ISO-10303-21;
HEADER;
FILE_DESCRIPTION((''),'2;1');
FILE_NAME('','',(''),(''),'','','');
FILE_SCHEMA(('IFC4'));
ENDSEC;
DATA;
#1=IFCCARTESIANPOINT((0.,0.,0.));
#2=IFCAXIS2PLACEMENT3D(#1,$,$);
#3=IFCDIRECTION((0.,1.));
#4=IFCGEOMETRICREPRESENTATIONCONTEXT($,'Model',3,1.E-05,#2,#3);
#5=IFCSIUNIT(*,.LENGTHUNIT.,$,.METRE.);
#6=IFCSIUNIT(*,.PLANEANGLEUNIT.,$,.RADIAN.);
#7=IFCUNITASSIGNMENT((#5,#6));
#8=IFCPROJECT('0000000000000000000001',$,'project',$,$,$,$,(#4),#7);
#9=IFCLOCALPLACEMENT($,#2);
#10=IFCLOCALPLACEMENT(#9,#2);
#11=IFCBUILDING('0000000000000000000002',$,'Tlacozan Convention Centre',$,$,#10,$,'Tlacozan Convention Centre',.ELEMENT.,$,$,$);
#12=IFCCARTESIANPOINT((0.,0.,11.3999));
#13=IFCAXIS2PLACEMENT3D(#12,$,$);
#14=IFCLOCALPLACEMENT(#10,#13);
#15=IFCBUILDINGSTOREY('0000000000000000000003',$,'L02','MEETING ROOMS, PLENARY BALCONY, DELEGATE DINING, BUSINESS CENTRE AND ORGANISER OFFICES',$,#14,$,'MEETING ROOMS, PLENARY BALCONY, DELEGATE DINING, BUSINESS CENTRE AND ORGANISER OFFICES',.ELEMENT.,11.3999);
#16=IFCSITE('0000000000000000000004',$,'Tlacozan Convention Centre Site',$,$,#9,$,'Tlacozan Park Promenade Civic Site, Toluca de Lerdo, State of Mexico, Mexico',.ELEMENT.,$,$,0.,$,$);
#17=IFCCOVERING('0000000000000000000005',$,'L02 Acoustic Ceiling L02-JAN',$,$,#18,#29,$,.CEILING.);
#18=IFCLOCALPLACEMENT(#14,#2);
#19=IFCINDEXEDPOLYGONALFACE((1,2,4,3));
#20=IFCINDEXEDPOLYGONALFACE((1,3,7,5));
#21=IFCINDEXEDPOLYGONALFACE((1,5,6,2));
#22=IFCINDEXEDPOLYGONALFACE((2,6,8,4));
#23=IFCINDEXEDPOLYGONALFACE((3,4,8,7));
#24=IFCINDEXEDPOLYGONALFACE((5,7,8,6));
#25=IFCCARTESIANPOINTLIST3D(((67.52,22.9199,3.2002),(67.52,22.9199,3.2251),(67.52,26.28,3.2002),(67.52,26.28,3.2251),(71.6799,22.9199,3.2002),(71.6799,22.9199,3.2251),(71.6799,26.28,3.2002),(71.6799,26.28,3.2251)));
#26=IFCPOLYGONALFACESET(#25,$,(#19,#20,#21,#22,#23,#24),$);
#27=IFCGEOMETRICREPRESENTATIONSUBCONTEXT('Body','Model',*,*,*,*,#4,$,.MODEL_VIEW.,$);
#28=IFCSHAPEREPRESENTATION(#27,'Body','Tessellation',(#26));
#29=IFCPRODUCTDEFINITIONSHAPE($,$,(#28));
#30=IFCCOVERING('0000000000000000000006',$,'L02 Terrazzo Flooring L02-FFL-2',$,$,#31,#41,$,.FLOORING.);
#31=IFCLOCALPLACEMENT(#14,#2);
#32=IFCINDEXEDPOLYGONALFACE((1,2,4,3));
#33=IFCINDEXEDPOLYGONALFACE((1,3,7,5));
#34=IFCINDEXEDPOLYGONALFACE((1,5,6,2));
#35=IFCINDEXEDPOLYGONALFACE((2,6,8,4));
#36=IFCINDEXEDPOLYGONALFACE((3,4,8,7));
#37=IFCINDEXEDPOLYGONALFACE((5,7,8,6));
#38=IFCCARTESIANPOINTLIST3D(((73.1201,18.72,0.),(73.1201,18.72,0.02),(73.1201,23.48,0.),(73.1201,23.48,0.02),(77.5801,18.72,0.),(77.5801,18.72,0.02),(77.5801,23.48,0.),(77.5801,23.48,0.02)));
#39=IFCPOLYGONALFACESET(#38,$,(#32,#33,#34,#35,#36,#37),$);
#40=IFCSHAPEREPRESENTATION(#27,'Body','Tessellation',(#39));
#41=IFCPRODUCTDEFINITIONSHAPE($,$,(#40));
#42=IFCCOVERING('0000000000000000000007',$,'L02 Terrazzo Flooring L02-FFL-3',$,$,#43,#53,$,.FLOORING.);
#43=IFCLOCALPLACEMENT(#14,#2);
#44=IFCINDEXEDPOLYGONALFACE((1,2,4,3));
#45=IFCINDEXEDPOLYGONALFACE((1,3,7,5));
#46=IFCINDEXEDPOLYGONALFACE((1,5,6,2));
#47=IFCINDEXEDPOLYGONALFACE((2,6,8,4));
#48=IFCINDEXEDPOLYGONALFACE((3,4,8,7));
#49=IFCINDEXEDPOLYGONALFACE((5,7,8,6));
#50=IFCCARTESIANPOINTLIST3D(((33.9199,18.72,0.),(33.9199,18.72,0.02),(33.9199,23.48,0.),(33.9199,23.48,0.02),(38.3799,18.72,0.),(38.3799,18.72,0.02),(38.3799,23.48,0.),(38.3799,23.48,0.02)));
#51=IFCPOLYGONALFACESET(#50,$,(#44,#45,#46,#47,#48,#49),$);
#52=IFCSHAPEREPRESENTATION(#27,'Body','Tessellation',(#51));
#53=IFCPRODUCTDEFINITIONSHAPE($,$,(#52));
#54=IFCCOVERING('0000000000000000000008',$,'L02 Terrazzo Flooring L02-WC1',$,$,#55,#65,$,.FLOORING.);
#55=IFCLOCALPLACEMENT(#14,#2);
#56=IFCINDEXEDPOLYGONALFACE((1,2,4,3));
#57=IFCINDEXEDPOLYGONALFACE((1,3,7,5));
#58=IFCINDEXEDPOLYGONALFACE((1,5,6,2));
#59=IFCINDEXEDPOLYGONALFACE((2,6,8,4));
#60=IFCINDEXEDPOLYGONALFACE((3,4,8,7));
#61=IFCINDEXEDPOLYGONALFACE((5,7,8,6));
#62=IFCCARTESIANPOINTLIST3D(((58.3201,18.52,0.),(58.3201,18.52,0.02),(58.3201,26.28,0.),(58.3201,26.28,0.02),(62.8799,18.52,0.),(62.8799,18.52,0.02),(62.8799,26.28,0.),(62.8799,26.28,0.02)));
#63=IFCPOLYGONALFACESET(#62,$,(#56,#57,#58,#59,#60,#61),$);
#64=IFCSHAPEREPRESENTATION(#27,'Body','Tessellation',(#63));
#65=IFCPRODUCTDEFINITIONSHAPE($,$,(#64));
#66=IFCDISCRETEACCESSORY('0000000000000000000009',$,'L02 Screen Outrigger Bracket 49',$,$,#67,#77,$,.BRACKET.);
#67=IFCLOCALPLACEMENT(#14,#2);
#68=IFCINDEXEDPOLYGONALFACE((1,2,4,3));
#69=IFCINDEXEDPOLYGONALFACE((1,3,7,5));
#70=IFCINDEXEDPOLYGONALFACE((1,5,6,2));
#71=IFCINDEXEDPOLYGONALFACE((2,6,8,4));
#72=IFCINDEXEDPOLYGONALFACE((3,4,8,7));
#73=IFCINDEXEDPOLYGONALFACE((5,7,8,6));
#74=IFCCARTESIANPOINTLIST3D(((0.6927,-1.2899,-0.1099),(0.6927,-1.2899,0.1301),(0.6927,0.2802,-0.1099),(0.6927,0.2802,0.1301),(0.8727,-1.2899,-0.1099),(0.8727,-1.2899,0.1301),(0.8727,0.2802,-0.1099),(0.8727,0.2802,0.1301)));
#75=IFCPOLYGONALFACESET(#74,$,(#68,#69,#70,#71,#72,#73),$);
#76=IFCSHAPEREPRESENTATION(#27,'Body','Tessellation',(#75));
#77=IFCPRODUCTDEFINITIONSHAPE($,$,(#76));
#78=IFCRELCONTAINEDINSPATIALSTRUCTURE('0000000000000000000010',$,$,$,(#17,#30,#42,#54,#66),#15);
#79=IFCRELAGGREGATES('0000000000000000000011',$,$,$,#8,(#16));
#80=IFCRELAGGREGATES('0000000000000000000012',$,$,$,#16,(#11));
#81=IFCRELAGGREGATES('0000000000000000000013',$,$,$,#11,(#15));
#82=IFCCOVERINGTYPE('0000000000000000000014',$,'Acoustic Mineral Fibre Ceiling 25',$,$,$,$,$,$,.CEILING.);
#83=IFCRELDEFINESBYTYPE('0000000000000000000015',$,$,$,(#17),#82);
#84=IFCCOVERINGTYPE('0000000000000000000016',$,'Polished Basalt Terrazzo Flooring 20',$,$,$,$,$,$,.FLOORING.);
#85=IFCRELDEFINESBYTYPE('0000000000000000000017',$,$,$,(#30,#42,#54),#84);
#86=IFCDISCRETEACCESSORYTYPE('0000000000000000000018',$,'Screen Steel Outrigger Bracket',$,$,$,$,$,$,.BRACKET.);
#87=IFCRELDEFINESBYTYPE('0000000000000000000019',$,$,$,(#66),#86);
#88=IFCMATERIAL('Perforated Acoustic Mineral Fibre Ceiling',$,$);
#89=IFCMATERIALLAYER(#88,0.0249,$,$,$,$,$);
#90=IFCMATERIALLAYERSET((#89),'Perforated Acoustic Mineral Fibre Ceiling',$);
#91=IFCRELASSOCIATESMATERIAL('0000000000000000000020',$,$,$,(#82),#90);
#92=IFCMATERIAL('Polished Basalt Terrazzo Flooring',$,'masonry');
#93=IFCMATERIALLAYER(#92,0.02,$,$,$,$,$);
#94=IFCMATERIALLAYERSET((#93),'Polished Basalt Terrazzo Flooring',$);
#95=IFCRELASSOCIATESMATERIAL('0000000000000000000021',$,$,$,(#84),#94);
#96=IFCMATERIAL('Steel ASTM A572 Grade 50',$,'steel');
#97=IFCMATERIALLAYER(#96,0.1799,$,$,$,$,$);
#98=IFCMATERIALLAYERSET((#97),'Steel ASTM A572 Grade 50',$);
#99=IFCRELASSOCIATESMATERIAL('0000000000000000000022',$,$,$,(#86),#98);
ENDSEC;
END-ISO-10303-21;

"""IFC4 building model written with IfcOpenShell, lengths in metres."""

from ifc_helpers import new_model, si_unit, direction, frame, origin, origin_2d, place, context, subcontext, project, spatial, polyline, rectangle, outline, extrude, material, layer, layer_set, type_object, element, save


model = new_model("IFC4")

# Units and contexts
model_context = context("Model", 3, precision=1e-05, world=origin(), true_north=direction((0.0, 1.0)))
body_context = subcontext(model_context, "Body", "Model", "MODEL_VIEW")
ifc_project = project(units=[si_unit("LENGTHUNIT", "METRE"), si_unit("PLANEANGLEUNIT", "RADIAN")], contexts=[model_context])

# Site, building, storey
site_placement = place(None, origin())
site = spatial("IfcSite", under=ifc_project, at=site_placement, Name="Tlacozan Convention Centre Site", LongName="Tlacozan Park Promenade Civic Site, Toluca de Lerdo, State of Mexico, Mexico", CompositionType="ELEMENT", RefElevation=0.0)
building_placement = place(site_placement, origin())
building = spatial("IfcBuilding", under=site, at=building_placement, Name="Tlacozan Convention Centre", LongName="Tlacozan Convention Centre", CompositionType="ELEMENT")
storey_placement = place(building_placement, frame((0.0, 0.0, 11.3999)))
storey = spatial("IfcBuildingStorey", under=building, at=storey_placement, Name="L02", Description="MEETING ROOMS, PLENARY BALCONY, DELEGATE DINING, BUSINESS CENTRE AND ORGANISER OFFICES", LongName="MEETING ROOMS, PLENARY BALCONY, DELEGATE DINING, BUSINESS CENTRE AND ORGANISER OFFICES", CompositionType="ELEMENT", Elevation=11.3999)

# Coverings
ifc_material_1 = material(Name="Perforated Acoustic Mineral Fibre Ceiling")
ifc_layer_1 = layer(ifc_material_1, 0.0249)
ifc_layer_set_1 = layer_set([ifc_layer_1], Name="Perforated Acoustic Mineral Fibre Ceiling")
covering_type_1 = type_object("IfcCoveringType", Name="Acoustic Mineral Fibre Ceiling 25", PredefinedType="CEILING", material=ifc_layer_set_1)
covering_1_placement = place(storey_placement, frame((0.0, 0.0, 3.2002)))
element("IfcCovering", 1, at=covering_1_placement, inside=storey, type_object=covering_type_1, Name="L02 Acoustic Ceiling L02-JAN", PredefinedType="CEILING", context=body_context, shape_type="SweptSolid", body=[
    extrude(outline(polyline([(67.52, 22.9199), (71.6799, 22.9199), (71.6799, 26.28), (67.52, 26.28), (67.52, 22.9199)])), origin(), (0.0, 0.0, 1.0), 0.0249),
])
ifc_material_2 = material(Name="Polished Basalt Terrazzo Flooring", Category="masonry")
ifc_layer_2 = layer(ifc_material_2, 0.02)
ifc_layer_set_2 = layer_set([ifc_layer_2], Name="Polished Basalt Terrazzo Flooring")
covering_type_2 = type_object("IfcCoveringType", Name="Polished Basalt Terrazzo Flooring 20", PredefinedType="FLOORING", material=ifc_layer_set_2)
covering_2_placement = place(storey_placement, origin())
element("IfcCovering", 2, at=covering_2_placement, inside=storey, type_object=covering_type_2, Name="L02 Terrazzo Flooring L02-FFL-2", PredefinedType="FLOORING", context=body_context, shape_type="SweptSolid", body=[
    extrude(outline(polyline([(73.1201, 18.72), (77.5801, 18.72), (77.5801, 23.48), (73.1201, 23.48), (73.1201, 18.72)])), origin(), (0.0, 0.0, 1.0), 0.02),
])
covering_3_placement = place(storey_placement, origin())
element("IfcCovering", 3, at=covering_3_placement, inside=storey, type_object=covering_type_2, Name="L02 Terrazzo Flooring L02-FFL-3", PredefinedType="FLOORING", context=body_context, shape_type="SweptSolid", body=[
    extrude(outline(polyline([(33.9199, 18.72), (38.3799, 18.72), (38.3799, 23.48), (33.9199, 23.48), (33.9199, 18.72)])), origin(), (0.0, 0.0, 1.0), 0.02),
])
covering_4_placement = place(storey_placement, origin())
element("IfcCovering", 4, at=covering_4_placement, inside=storey, type_object=covering_type_2, Name="L02 Terrazzo Flooring L02-WC1", PredefinedType="FLOORING", context=body_context, shape_type="SweptSolid", body=[
    extrude(outline(polyline([(58.3201, 18.52), (62.8799, 18.52), (62.8799, 26.28), (58.3201, 26.28), (58.3201, 18.52)])), origin(), (0.0, 0.0, 1.0), 0.02),
])

# Discrete accessory
ifc_material_3 = material(Name="Steel ASTM A572 Grade 50", Category="steel")
ifc_layer_3 = layer(ifc_material_3, 0.1799)
ifc_layer_set_3 = layer_set([ifc_layer_3], Name="Steel ASTM A572 Grade 50")
discrete_accessory_type = type_object("IfcDiscreteAccessoryType", Name="Screen Steel Outrigger Bracket", PredefinedType="BRACKET", material=ifc_layer_set_3)
discrete_accessory_placement = place(storey_placement, frame((0.7827, -0.5049, -0.1099), z_axis=(0.0, 0.0, 1.0), x_axis=(0.0, 1.0, 0.0)))
element("IfcDiscreteAccessory", 5, at=discrete_accessory_placement, inside=storey, type_object=discrete_accessory_type, Name="L02 Screen Outrigger Bracket 49", PredefinedType="BRACKET", context=body_context, shape_type="SweptSolid", body=[
    extrude(rectangle(XDim=1.5701, YDim=0.1799, at=origin_2d()), origin(), (0.0, 0.0, 1.0), 0.24),
])

save(model, "model.ifc")
